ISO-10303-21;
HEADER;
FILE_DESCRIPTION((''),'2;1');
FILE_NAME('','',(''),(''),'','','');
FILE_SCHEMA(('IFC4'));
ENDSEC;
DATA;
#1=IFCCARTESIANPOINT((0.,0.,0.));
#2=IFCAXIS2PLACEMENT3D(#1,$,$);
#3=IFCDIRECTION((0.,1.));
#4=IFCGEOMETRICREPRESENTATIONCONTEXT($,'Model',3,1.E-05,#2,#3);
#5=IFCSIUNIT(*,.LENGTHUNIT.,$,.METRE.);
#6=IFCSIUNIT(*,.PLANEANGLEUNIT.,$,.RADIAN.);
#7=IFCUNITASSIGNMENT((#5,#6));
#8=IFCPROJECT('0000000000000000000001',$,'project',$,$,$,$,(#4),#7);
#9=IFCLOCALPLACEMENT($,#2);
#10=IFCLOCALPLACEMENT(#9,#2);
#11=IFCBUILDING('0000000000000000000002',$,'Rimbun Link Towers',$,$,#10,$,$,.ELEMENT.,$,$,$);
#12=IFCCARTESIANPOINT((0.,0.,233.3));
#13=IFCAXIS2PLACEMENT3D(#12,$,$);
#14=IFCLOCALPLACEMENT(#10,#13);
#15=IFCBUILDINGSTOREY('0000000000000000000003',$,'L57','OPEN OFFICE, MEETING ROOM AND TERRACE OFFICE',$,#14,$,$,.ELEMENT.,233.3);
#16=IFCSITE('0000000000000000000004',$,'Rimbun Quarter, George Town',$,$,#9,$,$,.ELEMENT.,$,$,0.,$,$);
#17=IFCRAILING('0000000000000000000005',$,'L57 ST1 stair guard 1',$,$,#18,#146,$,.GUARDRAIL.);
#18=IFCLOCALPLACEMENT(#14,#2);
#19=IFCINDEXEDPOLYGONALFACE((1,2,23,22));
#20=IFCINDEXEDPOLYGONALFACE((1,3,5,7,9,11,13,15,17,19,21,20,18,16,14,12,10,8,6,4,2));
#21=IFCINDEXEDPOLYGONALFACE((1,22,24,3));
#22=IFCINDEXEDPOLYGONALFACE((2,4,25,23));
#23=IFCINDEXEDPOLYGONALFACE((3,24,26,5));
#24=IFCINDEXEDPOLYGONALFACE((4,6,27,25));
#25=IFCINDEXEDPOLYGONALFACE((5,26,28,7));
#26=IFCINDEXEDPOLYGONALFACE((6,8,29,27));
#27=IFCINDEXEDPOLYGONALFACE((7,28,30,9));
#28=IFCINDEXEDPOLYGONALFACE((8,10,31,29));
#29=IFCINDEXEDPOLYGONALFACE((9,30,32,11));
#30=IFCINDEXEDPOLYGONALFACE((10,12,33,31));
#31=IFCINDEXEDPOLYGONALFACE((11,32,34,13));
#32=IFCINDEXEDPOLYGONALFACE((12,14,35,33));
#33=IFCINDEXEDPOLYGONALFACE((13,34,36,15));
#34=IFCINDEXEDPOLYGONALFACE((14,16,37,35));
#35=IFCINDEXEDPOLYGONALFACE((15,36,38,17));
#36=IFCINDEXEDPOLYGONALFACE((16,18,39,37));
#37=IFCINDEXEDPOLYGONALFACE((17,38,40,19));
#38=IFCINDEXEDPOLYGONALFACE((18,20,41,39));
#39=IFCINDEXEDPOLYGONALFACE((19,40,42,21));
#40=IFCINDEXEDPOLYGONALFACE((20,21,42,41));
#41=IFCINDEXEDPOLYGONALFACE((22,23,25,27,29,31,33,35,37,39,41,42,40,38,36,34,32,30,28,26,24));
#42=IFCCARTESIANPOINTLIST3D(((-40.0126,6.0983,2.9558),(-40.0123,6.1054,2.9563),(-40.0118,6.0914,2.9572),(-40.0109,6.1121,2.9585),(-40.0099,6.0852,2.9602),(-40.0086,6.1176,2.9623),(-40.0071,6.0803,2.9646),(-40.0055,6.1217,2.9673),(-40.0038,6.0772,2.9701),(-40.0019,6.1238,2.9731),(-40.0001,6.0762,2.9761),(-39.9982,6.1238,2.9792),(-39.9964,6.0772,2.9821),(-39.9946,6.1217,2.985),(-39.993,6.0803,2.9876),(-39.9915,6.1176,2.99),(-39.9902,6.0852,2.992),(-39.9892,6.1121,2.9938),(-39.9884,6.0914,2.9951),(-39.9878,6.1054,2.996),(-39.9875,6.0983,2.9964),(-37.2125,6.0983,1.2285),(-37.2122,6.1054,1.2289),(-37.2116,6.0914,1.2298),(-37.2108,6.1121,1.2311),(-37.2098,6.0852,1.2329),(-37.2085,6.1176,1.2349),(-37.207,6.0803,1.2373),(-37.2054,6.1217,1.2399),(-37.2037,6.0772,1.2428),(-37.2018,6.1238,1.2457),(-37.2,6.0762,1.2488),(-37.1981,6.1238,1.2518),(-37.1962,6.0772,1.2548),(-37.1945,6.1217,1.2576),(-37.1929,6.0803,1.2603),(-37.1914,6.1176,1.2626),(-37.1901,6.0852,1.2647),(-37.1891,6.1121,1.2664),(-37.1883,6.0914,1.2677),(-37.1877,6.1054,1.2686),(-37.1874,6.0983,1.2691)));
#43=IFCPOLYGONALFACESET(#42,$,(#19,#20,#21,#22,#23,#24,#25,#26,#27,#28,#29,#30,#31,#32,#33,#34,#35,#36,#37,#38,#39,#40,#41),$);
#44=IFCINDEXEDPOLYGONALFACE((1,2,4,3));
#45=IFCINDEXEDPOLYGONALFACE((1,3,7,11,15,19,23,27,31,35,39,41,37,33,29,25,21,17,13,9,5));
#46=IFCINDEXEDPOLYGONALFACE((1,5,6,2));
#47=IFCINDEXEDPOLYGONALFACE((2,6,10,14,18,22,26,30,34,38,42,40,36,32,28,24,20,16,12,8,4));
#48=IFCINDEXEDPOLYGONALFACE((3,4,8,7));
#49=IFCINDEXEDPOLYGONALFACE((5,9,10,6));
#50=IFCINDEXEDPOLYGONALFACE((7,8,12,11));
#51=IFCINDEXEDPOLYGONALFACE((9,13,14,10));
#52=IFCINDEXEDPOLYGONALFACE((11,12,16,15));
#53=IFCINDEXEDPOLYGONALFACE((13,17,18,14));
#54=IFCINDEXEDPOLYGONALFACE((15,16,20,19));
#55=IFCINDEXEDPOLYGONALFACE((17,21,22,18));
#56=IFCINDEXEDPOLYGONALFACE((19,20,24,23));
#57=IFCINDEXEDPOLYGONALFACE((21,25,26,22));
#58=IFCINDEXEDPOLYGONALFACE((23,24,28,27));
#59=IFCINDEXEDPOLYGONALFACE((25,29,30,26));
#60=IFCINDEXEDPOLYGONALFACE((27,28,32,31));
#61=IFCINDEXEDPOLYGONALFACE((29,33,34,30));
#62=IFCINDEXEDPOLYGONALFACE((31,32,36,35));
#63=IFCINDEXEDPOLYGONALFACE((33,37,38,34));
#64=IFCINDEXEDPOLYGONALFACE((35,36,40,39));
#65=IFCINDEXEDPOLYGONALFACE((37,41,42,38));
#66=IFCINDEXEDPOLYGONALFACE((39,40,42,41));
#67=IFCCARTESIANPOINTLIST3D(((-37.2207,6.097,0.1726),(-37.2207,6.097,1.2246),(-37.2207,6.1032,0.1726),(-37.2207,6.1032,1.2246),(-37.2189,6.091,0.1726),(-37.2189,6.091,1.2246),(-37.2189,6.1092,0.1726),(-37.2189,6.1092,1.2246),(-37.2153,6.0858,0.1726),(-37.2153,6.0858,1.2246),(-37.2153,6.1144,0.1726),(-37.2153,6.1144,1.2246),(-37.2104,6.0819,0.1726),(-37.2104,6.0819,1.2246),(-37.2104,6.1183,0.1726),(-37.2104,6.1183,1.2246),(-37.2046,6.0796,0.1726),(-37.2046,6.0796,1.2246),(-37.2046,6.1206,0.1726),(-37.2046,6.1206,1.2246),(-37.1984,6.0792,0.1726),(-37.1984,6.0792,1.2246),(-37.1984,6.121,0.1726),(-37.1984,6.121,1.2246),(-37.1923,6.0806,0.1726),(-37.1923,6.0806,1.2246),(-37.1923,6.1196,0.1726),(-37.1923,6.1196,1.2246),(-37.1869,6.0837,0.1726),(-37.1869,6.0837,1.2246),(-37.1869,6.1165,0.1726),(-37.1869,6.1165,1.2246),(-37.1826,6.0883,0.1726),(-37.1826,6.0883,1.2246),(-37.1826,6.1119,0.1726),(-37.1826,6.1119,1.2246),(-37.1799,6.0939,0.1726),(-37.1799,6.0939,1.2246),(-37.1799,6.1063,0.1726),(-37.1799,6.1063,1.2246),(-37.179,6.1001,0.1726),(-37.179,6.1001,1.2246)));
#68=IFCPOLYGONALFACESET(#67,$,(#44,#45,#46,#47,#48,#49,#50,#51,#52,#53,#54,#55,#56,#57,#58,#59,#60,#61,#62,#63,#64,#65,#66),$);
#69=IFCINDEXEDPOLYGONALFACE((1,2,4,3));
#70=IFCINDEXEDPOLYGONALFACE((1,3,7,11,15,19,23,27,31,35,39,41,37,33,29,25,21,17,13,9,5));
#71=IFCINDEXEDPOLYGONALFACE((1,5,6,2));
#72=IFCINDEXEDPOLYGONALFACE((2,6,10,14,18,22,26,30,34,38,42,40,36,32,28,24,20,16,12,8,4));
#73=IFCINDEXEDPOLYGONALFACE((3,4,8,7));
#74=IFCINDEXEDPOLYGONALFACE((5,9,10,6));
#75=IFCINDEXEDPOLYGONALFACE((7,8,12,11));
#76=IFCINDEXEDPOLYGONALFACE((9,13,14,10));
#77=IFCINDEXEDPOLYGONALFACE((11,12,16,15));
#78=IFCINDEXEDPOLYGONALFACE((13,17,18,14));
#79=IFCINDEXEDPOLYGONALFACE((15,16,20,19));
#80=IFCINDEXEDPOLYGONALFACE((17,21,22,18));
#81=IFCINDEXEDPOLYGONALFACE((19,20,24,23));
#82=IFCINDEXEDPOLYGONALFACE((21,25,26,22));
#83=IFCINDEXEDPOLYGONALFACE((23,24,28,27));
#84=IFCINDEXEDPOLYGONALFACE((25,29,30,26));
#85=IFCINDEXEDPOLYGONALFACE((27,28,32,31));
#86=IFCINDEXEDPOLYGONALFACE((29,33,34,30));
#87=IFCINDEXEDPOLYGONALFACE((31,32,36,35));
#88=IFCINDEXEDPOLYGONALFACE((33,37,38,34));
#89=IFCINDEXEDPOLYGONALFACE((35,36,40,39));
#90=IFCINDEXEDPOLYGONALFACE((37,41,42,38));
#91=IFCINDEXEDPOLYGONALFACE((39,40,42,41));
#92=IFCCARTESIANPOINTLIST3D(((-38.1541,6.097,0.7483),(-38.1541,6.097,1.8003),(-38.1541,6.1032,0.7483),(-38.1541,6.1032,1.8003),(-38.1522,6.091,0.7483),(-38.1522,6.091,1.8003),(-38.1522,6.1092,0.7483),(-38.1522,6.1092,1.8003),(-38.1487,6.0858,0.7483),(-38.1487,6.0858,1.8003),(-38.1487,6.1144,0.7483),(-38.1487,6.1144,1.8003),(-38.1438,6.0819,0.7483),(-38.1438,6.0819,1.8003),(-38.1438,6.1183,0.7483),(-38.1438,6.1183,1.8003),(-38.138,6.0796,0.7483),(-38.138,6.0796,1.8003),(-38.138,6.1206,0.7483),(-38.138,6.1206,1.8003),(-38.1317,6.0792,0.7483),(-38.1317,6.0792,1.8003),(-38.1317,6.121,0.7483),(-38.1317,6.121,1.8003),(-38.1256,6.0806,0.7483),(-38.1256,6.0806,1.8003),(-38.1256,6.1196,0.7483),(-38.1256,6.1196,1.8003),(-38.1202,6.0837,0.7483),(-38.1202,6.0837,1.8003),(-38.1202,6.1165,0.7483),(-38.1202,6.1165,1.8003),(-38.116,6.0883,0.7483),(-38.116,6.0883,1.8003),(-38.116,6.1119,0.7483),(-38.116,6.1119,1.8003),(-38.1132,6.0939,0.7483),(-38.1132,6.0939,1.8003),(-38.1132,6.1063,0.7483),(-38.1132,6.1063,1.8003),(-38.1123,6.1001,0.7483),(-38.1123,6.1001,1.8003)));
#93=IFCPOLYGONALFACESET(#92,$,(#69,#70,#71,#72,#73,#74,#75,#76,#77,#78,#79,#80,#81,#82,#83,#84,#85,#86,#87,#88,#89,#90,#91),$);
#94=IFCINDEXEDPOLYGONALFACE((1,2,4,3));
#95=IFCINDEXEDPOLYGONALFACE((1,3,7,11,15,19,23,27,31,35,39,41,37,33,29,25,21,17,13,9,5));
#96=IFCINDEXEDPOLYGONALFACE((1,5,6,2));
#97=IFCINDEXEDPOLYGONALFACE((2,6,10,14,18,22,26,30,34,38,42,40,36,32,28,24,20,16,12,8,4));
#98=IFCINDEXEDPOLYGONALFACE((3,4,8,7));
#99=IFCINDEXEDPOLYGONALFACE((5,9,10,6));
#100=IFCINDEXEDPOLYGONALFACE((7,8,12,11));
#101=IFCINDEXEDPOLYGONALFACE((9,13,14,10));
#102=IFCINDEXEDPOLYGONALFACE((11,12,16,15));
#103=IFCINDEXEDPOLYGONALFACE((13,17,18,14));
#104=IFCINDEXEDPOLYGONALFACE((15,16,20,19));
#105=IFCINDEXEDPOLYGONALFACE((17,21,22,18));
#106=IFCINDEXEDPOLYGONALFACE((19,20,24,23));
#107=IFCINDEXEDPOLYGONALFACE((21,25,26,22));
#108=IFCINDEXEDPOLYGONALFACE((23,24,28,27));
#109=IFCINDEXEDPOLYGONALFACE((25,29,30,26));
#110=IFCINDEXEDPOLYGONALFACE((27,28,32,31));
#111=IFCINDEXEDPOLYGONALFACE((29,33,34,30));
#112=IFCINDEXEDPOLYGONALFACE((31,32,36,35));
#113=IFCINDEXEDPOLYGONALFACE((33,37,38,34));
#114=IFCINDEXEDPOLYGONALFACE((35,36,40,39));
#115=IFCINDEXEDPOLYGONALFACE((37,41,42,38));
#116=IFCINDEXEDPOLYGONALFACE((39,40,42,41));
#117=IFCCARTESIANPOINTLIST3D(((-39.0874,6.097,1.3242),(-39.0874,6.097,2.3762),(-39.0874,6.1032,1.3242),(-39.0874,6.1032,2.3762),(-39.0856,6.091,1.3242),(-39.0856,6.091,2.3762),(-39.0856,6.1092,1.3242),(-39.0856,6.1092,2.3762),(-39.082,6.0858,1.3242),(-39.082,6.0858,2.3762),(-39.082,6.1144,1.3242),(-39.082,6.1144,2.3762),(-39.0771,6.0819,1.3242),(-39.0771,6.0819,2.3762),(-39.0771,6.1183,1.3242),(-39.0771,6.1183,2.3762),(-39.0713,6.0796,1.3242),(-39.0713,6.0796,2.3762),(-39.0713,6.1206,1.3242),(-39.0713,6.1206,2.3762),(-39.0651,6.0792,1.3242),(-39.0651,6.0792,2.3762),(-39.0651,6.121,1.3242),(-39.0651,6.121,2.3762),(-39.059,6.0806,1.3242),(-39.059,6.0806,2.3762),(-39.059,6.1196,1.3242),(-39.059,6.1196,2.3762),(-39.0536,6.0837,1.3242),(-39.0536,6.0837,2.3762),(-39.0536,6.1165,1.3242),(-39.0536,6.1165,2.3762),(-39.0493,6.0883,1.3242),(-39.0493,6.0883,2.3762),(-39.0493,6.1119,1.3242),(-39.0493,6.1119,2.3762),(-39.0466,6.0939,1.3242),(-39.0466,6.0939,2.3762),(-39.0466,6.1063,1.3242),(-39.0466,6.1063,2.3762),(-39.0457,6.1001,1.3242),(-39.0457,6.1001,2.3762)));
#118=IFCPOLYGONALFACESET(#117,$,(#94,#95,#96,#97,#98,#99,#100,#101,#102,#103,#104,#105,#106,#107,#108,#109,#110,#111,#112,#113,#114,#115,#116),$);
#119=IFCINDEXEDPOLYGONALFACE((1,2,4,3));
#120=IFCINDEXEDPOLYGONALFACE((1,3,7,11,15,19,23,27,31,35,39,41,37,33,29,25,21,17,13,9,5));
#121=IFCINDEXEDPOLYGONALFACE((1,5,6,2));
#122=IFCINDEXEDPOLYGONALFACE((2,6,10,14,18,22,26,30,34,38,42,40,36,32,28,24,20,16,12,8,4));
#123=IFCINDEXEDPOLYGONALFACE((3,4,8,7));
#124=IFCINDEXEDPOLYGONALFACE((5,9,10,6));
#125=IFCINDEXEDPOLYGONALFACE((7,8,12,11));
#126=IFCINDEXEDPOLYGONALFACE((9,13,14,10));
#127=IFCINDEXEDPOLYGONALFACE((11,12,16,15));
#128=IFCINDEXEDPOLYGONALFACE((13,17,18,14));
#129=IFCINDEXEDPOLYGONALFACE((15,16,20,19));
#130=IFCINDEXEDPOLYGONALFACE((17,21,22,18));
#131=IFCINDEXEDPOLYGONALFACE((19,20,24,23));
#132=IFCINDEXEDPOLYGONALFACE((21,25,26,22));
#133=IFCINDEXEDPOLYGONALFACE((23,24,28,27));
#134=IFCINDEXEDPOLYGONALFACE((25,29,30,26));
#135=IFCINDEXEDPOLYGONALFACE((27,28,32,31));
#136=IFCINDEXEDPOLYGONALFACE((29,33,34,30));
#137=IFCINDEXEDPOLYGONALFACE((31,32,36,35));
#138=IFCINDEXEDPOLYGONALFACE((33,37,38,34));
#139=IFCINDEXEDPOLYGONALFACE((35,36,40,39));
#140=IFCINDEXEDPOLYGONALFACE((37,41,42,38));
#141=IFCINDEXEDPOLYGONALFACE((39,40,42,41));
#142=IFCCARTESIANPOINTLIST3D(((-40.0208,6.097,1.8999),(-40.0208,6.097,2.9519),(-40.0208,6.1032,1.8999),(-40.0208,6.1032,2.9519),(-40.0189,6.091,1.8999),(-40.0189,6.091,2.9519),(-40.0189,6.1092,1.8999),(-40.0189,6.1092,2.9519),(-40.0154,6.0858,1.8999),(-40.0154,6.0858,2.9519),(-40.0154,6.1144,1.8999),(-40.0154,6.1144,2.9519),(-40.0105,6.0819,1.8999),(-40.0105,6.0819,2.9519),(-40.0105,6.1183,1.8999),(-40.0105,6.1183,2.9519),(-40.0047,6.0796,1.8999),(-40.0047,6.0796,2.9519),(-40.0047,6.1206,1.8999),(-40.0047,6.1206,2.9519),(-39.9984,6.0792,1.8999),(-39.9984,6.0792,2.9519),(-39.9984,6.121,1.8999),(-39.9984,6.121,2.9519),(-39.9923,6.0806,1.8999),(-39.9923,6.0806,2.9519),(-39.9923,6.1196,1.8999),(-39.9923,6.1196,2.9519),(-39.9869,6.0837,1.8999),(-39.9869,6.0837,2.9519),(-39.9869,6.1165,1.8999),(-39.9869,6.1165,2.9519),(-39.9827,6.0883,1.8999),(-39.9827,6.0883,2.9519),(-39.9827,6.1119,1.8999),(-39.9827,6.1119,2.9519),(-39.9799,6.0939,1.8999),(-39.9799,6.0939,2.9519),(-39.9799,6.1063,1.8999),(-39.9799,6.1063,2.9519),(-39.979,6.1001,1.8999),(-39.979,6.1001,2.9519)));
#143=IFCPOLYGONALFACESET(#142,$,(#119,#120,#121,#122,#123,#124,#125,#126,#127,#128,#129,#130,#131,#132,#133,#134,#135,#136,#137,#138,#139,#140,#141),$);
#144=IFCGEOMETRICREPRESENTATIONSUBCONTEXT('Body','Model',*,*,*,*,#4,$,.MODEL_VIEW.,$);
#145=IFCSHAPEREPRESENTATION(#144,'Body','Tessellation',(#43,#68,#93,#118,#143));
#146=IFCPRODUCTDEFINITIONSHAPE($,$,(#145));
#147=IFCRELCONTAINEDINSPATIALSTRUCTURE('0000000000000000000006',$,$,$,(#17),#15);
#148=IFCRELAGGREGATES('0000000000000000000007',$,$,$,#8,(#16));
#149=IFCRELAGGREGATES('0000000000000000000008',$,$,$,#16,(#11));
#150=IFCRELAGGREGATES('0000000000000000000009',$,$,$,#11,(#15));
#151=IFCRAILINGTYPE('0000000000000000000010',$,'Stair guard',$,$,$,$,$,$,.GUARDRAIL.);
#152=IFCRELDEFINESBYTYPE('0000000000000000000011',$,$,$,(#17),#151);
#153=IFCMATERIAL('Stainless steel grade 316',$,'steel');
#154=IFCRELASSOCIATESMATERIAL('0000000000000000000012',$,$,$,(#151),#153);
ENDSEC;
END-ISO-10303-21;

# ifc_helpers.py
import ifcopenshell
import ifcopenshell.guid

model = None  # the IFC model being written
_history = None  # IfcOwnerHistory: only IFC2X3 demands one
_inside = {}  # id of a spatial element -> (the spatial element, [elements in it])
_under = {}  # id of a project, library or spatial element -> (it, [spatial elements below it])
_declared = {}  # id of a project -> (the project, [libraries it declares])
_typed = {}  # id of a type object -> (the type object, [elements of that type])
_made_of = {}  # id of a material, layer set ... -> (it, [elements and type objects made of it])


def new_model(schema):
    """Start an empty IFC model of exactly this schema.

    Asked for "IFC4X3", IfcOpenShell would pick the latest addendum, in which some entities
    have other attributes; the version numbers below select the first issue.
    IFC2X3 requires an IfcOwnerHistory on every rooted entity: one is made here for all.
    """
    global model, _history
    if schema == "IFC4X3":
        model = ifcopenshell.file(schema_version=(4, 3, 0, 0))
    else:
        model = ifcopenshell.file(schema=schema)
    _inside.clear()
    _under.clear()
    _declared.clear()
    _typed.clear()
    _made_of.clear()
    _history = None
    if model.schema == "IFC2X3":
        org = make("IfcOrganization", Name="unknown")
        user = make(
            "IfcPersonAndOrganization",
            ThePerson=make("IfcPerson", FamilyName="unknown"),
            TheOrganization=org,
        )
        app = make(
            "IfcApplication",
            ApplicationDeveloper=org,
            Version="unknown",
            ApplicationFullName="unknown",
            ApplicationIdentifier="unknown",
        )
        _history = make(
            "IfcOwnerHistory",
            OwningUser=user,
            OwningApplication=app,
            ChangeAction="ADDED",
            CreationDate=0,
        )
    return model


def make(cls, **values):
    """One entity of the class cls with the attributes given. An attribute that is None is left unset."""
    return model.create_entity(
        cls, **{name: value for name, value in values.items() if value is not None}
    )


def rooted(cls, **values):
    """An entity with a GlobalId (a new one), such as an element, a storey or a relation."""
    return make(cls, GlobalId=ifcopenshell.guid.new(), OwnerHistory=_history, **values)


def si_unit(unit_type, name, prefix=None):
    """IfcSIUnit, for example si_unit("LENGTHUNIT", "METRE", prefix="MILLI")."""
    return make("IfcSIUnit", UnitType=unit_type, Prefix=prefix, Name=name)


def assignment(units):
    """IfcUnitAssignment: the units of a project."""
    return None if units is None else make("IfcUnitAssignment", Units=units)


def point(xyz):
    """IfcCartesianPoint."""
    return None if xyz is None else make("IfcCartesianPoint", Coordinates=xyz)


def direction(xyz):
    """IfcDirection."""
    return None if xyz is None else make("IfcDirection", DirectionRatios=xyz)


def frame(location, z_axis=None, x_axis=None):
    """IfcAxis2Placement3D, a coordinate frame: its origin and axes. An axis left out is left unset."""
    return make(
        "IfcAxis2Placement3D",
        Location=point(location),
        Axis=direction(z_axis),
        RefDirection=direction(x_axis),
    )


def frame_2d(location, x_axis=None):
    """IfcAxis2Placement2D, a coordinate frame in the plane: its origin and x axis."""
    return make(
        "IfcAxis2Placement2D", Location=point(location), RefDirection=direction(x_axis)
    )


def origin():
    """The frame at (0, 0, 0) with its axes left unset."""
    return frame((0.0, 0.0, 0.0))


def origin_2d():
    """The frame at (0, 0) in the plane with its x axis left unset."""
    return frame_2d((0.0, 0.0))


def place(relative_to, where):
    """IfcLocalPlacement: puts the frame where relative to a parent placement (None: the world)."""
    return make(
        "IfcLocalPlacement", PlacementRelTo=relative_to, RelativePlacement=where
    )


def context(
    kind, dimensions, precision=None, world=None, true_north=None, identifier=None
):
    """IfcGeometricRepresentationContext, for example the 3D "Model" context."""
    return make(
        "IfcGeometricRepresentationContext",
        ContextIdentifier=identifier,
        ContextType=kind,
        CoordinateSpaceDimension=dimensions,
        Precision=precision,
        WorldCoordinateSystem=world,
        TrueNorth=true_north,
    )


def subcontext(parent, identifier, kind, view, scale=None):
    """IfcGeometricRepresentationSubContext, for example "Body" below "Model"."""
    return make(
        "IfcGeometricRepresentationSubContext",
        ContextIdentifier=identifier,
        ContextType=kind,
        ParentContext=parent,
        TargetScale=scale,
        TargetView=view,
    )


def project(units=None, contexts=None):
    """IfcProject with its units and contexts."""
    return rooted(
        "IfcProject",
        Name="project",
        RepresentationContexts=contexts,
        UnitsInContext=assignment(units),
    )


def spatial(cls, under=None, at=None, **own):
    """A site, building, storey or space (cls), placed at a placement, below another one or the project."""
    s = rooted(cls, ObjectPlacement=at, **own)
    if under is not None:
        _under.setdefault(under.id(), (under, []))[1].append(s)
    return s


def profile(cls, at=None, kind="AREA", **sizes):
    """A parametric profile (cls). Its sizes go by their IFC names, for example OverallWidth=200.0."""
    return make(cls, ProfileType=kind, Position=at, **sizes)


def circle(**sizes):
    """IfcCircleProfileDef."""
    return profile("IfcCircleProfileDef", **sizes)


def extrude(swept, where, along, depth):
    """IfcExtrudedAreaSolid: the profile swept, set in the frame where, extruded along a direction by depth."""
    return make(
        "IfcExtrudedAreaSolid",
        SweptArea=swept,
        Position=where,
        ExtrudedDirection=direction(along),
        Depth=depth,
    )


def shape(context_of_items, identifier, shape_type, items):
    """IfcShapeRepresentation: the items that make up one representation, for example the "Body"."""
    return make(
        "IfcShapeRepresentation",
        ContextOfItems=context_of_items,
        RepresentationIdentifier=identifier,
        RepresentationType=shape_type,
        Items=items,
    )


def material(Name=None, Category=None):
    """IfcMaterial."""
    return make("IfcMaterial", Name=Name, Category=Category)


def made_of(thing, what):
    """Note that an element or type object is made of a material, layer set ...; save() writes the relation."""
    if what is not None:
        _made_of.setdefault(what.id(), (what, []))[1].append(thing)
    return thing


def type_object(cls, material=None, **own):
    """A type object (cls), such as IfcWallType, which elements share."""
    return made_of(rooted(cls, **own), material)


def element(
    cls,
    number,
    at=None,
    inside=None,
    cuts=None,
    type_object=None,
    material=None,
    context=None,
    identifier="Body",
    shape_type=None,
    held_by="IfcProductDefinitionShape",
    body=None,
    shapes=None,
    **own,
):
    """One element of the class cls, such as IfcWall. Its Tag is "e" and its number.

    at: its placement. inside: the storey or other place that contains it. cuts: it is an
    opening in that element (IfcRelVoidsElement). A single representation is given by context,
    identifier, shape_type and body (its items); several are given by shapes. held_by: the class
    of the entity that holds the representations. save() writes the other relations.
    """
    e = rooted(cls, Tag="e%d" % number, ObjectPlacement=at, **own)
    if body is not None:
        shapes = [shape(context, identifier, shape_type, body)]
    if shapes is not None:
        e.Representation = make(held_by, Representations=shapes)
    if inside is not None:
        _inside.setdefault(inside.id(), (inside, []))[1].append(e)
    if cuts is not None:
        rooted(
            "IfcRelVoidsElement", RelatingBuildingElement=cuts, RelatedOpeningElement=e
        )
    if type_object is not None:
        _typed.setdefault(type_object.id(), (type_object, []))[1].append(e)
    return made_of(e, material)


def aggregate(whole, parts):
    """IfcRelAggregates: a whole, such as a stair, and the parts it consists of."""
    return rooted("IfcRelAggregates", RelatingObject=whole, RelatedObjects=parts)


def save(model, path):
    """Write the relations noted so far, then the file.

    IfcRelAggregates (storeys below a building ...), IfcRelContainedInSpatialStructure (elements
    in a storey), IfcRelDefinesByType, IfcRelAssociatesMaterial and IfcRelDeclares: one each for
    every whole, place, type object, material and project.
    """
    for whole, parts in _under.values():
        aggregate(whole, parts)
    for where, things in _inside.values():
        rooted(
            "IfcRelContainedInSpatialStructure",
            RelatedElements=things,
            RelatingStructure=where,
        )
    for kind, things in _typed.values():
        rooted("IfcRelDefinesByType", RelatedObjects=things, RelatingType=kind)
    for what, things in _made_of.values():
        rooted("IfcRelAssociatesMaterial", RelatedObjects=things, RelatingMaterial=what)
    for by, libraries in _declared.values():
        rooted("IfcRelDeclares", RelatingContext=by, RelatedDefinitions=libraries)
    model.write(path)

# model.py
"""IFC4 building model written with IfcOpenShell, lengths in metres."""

from ifc_helpers import new_model, si_unit, direction, frame, origin, origin_2d, place, context, subcontext, project, spatial, circle, extrude, material, type_object, element, save


model = new_model("IFC4")

# Units and contexts
model_context = context("Model", 3, precision=1e-05, world=origin(), true_north=direction((0.0, 1.0)))
body_context = subcontext(model_context, "Body", "Model", "MODEL_VIEW")
ifc_project = project(units=[si_unit("LENGTHUNIT", "METRE"), si_unit("PLANEANGLEUNIT", "RADIAN")], contexts=[model_context])

# Site, building, storey
site_placement = place(None, origin())
site = spatial("IfcSite", under=ifc_project, at=site_placement, Name="Rimbun Quarter, George Town", CompositionType="ELEMENT", RefElevation=0.0)
building_placement = place(site_placement, origin())
building = spatial("IfcBuilding", under=site, at=building_placement, Name="Rimbun Link Towers", CompositionType="ELEMENT")
storey_placement = place(building_placement, frame((0.0, 0.0, 233.3)))
storey = spatial("IfcBuildingStorey", under=building, at=storey_placement, Name="L57", Description="OPEN OFFICE, MEETING ROOM AND TERRACE OFFICE", CompositionType="ELEMENT", Elevation=233.3)

# Railing
ifc_material_1 = material(Name="Stainless steel grade 316", Category="steel")
railing_type_1 = type_object("IfcRailingType", Name="Stair guard", PredefinedType="GUARDRAIL", material=ifc_material_1)
railing_1_placement = place(storey_placement, frame((-37.2, 6.1001, 0.1726)))
element("IfcRailing", 1, at=railing_1_placement, inside=storey, type_object=railing_type_1, Name="L57 ST1 stair guard 1", PredefinedType="GUARDRAIL", context=body_context, shape_type="SweptSolid", body=[
    extrude(circle(Radius=0.0239, at=origin_2d()), frame((0.0, 0.0, 1.0762), z_axis=(-0.85109, 0.0, 0.52502), x_axis=(0.0, -1.0, 0.0)), (0.0, 0.0, 1.0), 3.29),
    extrude(circle(Radius=0.021, at=origin_2d()), origin(), (0.0, 0.0, 1.0), 1.052),
    extrude(circle(Radius=0.021, at=origin_2d()), frame((-0.9333, 0.0, 0.5757)), (0.0, 0.0, 1.0), 1.052),
    extrude(circle(Radius=0.021, at=origin_2d()), frame((-1.8667, 0.0, 1.1516)), (0.0, 0.0, 1.0), 1.052),
    extrude(circle(Radius=0.021, at=origin_2d()), frame((-2.8, 0.0, 1.7273)), (0.0, 0.0, 1.0), 1.052),
])

save(model, "model.ifc")
